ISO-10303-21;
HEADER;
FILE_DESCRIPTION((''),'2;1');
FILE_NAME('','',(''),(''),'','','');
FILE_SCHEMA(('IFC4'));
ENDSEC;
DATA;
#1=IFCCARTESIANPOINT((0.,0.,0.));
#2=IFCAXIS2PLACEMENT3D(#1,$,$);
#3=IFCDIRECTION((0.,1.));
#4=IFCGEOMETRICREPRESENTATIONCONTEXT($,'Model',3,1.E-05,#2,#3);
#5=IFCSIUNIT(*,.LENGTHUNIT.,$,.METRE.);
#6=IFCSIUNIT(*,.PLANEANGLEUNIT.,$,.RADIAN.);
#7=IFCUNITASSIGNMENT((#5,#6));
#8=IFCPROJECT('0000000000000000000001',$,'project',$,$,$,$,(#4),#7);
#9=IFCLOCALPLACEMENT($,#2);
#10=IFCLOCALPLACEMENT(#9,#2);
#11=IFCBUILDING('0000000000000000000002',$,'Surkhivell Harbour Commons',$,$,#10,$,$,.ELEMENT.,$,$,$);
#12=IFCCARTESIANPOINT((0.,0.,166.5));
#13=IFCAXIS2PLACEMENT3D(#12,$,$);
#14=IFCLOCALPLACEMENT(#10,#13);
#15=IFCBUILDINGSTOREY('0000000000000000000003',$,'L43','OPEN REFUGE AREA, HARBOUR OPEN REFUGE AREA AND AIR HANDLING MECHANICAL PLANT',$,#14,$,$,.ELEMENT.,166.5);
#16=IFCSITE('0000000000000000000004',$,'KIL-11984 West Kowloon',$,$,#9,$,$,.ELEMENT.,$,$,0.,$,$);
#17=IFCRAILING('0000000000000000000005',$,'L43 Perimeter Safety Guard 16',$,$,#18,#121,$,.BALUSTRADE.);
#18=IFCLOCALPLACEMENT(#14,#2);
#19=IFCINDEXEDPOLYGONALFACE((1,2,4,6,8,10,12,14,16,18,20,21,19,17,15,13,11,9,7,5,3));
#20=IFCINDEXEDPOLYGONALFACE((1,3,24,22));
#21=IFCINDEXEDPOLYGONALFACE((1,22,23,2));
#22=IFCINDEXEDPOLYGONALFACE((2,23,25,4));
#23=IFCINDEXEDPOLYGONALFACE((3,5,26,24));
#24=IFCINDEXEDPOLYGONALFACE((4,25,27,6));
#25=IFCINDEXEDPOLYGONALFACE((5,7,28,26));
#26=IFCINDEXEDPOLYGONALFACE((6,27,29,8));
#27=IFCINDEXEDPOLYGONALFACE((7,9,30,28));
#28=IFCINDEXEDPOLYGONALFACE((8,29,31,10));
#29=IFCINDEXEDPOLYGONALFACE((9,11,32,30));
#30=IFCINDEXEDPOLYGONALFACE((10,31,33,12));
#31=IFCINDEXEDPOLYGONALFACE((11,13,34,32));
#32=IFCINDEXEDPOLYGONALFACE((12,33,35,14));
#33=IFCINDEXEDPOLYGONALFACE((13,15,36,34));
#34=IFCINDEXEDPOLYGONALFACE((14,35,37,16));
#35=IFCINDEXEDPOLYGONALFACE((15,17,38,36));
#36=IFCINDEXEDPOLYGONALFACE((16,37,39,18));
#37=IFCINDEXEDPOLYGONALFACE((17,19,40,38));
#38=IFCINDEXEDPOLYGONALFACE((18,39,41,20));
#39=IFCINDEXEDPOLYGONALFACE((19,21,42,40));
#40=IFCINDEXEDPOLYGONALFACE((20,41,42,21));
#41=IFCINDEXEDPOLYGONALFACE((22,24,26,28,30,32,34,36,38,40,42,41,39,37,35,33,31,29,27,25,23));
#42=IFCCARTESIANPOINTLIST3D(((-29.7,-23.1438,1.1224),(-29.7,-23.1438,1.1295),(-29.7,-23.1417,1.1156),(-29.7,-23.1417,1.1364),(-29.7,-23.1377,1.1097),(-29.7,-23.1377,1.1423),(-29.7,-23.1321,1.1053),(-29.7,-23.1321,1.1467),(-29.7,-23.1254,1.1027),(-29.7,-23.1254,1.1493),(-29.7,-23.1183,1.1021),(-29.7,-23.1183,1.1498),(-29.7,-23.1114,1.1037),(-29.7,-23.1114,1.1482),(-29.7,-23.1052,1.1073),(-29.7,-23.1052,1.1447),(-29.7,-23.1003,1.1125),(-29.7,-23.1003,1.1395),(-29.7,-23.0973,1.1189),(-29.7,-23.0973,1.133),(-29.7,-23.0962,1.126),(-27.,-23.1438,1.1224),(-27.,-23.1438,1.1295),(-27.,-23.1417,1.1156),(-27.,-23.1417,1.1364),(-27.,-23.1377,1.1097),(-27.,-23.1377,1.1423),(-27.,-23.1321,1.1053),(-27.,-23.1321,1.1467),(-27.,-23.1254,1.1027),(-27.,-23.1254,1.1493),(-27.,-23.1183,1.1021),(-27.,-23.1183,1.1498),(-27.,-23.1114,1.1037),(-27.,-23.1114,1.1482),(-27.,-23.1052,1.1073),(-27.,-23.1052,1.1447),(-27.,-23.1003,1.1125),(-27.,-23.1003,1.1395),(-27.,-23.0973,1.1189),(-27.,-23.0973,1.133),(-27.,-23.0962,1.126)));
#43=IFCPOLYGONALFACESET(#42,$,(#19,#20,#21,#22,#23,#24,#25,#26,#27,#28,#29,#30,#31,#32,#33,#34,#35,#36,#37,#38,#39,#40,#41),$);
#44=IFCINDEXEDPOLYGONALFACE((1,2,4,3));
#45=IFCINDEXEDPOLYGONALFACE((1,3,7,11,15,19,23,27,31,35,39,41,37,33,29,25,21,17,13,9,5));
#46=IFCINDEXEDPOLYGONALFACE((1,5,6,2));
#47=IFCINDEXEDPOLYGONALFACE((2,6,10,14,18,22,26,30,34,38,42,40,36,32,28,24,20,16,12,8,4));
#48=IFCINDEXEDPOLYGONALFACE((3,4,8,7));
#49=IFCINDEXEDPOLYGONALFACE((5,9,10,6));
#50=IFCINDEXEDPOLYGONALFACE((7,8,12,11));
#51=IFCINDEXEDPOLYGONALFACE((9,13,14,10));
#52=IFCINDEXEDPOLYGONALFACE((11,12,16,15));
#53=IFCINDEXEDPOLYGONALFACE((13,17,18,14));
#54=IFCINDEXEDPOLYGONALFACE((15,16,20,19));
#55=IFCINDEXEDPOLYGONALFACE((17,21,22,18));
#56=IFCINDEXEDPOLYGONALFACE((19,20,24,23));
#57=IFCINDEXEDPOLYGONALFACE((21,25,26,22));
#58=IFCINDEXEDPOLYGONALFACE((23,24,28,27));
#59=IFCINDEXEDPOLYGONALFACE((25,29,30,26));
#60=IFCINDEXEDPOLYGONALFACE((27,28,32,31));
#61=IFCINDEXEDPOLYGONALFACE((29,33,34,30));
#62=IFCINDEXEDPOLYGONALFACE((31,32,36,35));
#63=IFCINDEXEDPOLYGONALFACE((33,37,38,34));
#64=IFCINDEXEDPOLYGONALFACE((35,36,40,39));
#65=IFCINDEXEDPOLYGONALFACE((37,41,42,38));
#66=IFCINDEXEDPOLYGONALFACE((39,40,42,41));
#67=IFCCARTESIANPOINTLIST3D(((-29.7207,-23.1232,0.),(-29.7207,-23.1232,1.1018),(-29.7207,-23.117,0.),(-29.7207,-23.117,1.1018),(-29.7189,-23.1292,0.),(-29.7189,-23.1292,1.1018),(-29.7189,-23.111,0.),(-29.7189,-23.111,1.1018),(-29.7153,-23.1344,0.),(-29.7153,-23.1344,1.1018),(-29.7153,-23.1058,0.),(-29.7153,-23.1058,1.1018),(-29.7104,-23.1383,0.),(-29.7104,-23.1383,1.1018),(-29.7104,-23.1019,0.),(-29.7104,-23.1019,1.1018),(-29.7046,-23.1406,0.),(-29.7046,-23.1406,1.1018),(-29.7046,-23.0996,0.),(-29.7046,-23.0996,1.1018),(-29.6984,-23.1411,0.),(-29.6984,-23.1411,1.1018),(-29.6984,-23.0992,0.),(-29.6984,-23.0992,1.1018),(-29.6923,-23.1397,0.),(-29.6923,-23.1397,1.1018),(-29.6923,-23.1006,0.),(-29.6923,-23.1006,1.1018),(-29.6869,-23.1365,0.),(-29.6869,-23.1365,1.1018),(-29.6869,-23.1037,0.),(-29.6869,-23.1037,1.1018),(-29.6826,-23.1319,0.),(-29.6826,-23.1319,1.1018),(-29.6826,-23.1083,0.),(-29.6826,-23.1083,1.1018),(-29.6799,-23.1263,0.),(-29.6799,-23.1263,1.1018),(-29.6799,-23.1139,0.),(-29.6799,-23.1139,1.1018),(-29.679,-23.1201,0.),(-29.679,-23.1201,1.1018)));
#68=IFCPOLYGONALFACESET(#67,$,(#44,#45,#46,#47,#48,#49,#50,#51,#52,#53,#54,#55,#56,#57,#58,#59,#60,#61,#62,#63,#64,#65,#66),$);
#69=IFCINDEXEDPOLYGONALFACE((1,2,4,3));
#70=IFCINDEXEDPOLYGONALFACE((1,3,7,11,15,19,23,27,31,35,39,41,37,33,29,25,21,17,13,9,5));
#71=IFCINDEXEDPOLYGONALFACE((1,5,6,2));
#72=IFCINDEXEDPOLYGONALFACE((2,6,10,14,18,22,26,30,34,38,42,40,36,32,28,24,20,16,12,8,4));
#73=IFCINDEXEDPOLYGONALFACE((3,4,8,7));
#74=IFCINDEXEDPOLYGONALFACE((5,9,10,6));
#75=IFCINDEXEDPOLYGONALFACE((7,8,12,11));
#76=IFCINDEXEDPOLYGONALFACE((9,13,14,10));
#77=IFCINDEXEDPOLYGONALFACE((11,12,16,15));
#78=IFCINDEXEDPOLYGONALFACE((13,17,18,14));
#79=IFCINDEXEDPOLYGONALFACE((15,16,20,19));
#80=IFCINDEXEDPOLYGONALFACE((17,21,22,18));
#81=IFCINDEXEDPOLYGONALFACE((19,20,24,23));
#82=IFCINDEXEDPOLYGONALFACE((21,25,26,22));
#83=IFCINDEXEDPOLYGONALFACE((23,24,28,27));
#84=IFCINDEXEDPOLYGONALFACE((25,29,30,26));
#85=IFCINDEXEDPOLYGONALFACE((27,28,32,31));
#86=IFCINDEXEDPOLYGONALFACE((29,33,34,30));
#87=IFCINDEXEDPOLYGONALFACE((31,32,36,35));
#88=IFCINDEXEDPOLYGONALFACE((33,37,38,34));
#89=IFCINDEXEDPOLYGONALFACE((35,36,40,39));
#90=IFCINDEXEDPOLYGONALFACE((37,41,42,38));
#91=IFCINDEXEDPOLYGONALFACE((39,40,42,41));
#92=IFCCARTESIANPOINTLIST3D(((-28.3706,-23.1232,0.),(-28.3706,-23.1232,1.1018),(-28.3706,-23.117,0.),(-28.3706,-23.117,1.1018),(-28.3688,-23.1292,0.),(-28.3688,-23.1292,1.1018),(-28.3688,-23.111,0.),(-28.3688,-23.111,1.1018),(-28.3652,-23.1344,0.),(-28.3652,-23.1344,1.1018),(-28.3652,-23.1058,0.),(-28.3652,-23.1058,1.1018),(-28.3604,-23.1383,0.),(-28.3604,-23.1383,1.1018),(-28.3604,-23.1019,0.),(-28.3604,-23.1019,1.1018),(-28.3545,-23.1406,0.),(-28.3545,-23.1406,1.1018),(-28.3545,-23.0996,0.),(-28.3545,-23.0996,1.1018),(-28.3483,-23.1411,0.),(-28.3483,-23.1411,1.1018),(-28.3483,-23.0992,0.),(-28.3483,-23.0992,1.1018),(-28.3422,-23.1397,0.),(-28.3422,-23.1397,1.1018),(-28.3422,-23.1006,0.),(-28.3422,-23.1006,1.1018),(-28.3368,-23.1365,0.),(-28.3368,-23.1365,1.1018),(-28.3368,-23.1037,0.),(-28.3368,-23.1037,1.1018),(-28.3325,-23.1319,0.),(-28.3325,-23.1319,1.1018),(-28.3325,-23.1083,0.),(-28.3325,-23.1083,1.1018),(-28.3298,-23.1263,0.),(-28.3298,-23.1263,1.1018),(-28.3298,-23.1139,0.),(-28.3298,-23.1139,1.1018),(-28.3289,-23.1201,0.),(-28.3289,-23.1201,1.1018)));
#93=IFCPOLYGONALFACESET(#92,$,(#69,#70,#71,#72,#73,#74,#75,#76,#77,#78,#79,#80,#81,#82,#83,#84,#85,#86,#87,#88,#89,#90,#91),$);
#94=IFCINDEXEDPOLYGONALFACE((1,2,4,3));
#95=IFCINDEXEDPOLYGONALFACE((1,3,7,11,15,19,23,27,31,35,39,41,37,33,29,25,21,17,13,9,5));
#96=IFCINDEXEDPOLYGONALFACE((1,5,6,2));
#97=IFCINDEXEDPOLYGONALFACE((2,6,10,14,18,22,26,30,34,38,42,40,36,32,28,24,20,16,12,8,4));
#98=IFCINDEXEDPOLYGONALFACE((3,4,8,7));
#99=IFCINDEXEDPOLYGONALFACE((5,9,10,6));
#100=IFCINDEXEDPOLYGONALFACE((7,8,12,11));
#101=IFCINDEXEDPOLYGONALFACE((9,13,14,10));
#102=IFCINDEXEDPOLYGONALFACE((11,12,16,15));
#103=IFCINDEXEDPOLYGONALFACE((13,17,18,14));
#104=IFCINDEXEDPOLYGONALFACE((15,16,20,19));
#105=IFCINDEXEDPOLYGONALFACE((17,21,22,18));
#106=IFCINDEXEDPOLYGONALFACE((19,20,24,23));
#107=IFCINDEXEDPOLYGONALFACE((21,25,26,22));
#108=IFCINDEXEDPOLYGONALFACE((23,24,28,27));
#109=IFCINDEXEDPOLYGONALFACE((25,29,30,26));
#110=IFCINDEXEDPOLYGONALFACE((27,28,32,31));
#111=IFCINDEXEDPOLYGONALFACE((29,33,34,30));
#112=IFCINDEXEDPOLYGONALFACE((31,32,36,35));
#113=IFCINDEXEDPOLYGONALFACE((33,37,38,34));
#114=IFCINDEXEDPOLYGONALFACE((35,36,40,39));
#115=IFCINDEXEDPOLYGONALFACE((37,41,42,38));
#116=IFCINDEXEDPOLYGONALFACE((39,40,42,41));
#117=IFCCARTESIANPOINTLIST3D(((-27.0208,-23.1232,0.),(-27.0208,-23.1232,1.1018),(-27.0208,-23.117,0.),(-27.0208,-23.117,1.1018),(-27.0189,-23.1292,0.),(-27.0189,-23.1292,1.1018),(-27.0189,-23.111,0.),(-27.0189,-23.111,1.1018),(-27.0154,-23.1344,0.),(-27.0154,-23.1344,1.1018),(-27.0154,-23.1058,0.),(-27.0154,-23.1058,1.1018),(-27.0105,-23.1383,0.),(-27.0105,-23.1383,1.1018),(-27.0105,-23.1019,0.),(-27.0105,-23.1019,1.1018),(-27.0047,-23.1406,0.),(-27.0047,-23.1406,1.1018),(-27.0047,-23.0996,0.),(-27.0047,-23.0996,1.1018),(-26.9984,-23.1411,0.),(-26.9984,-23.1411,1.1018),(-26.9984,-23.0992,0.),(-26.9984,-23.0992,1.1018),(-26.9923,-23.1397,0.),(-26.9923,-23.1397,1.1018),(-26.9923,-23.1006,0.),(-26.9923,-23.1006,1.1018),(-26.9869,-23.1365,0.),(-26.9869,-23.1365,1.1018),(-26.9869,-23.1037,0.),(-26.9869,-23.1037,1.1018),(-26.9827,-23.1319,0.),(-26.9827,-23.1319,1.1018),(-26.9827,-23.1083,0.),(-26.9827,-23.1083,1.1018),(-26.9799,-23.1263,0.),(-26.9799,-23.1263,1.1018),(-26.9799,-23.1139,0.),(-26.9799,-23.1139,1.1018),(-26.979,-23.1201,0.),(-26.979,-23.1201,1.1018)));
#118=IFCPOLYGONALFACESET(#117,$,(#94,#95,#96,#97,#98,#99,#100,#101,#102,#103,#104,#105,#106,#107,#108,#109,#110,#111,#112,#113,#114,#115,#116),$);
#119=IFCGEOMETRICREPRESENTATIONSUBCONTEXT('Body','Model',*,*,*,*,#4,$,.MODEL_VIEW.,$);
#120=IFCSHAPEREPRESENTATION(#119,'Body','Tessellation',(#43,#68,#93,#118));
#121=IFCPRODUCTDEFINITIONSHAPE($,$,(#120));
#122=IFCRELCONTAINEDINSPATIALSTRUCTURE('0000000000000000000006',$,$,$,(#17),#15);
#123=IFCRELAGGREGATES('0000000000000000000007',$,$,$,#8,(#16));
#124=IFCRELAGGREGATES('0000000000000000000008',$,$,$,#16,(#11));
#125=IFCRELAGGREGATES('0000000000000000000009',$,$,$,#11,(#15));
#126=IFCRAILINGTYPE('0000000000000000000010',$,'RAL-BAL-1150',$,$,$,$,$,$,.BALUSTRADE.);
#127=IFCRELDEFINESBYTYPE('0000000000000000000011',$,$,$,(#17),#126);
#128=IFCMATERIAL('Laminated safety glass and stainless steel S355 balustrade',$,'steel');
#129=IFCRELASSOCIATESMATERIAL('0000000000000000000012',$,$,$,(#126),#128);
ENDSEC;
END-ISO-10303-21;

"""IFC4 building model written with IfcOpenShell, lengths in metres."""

from ifc_helpers import new_model, si_unit, direction, frame, origin, origin_2d, place, context, subcontext, project, spatial, circle, extrude, material, type_object, element, save


model = new_model("IFC4")

# Units and contexts
model_context = context("Model", 3, precision=1e-05, world=origin(), true_north=direction((0.0, 1.0)))
body_context = subcontext(model_context, "Body", "Model", "MODEL_VIEW")
ifc_project = project(units=[si_unit("LENGTHUNIT", "METRE"), si_unit("PLANEANGLEUNIT", "RADIAN")], contexts=[model_context])

# Site, building, storey
site_placement = place(None, origin())
site = spatial("IfcSite", under=ifc_project, at=site_placement, Name="KIL-11984 West Kowloon", CompositionType="ELEMENT", RefElevation=0.0)
building_placement = place(site_placement, origin())
building = spatial("IfcBuilding", under=site, at=building_placement, Name="Surkhivell Harbour Commons", CompositionType="ELEMENT")
storey_placement = place(building_placement, frame((0.0, 0.0, 166.5)))
storey = spatial("IfcBuildingStorey", under=building, at=storey_placement, Name="L43", Description="OPEN REFUGE AREA, HARBOUR OPEN REFUGE AREA AND AIR HANDLING MECHANICAL PLANT", CompositionType="ELEMENT", Elevation=166.5)

# Railing
ifc_material_1 = material(Name="Laminated safety glass and stainless steel S355 balustrade", Category="steel")
railing_type = type_object("IfcRailingType", Name="RAL-BAL-1150", PredefinedType="BALUSTRADE", material=ifc_material_1)
railing_1_placement = place(storey_placement, frame((-29.7, -23.1201, 0.0)))
element("IfcRailing", 1, at=railing_1_placement, inside=storey, type_object=railing_type, Name="L43 Perimeter Safety Guard 16", PredefinedType="BALUSTRADE", context=body_context, shape_type="SweptSolid", body=[
    extrude(circle(Radius=0.0239, at=origin_2d()), frame((0.0, 0.0, 1.126), z_axis=(1.0, 0.0, 0.0), x_axis=(0.0, 1.0, 0.0)), (0.0, 0.0, 1.0), 2.7),
    extrude(circle(Radius=0.021, at=origin_2d()), origin(), (0.0, 0.0, 1.0), 1.1018),
    extrude(circle(Radius=0.021, at=origin_2d()), frame((1.3501, 0.0, 0.0)), (0.0, 0.0, 1.0), 1.1018),
    extrude(circle(Radius=0.021, at=origin_2d()), frame((2.7, 0.0, 0.0)), (0.0, 0.0, 1.0), 1.1018),
])

save(model, "model.ifc")
